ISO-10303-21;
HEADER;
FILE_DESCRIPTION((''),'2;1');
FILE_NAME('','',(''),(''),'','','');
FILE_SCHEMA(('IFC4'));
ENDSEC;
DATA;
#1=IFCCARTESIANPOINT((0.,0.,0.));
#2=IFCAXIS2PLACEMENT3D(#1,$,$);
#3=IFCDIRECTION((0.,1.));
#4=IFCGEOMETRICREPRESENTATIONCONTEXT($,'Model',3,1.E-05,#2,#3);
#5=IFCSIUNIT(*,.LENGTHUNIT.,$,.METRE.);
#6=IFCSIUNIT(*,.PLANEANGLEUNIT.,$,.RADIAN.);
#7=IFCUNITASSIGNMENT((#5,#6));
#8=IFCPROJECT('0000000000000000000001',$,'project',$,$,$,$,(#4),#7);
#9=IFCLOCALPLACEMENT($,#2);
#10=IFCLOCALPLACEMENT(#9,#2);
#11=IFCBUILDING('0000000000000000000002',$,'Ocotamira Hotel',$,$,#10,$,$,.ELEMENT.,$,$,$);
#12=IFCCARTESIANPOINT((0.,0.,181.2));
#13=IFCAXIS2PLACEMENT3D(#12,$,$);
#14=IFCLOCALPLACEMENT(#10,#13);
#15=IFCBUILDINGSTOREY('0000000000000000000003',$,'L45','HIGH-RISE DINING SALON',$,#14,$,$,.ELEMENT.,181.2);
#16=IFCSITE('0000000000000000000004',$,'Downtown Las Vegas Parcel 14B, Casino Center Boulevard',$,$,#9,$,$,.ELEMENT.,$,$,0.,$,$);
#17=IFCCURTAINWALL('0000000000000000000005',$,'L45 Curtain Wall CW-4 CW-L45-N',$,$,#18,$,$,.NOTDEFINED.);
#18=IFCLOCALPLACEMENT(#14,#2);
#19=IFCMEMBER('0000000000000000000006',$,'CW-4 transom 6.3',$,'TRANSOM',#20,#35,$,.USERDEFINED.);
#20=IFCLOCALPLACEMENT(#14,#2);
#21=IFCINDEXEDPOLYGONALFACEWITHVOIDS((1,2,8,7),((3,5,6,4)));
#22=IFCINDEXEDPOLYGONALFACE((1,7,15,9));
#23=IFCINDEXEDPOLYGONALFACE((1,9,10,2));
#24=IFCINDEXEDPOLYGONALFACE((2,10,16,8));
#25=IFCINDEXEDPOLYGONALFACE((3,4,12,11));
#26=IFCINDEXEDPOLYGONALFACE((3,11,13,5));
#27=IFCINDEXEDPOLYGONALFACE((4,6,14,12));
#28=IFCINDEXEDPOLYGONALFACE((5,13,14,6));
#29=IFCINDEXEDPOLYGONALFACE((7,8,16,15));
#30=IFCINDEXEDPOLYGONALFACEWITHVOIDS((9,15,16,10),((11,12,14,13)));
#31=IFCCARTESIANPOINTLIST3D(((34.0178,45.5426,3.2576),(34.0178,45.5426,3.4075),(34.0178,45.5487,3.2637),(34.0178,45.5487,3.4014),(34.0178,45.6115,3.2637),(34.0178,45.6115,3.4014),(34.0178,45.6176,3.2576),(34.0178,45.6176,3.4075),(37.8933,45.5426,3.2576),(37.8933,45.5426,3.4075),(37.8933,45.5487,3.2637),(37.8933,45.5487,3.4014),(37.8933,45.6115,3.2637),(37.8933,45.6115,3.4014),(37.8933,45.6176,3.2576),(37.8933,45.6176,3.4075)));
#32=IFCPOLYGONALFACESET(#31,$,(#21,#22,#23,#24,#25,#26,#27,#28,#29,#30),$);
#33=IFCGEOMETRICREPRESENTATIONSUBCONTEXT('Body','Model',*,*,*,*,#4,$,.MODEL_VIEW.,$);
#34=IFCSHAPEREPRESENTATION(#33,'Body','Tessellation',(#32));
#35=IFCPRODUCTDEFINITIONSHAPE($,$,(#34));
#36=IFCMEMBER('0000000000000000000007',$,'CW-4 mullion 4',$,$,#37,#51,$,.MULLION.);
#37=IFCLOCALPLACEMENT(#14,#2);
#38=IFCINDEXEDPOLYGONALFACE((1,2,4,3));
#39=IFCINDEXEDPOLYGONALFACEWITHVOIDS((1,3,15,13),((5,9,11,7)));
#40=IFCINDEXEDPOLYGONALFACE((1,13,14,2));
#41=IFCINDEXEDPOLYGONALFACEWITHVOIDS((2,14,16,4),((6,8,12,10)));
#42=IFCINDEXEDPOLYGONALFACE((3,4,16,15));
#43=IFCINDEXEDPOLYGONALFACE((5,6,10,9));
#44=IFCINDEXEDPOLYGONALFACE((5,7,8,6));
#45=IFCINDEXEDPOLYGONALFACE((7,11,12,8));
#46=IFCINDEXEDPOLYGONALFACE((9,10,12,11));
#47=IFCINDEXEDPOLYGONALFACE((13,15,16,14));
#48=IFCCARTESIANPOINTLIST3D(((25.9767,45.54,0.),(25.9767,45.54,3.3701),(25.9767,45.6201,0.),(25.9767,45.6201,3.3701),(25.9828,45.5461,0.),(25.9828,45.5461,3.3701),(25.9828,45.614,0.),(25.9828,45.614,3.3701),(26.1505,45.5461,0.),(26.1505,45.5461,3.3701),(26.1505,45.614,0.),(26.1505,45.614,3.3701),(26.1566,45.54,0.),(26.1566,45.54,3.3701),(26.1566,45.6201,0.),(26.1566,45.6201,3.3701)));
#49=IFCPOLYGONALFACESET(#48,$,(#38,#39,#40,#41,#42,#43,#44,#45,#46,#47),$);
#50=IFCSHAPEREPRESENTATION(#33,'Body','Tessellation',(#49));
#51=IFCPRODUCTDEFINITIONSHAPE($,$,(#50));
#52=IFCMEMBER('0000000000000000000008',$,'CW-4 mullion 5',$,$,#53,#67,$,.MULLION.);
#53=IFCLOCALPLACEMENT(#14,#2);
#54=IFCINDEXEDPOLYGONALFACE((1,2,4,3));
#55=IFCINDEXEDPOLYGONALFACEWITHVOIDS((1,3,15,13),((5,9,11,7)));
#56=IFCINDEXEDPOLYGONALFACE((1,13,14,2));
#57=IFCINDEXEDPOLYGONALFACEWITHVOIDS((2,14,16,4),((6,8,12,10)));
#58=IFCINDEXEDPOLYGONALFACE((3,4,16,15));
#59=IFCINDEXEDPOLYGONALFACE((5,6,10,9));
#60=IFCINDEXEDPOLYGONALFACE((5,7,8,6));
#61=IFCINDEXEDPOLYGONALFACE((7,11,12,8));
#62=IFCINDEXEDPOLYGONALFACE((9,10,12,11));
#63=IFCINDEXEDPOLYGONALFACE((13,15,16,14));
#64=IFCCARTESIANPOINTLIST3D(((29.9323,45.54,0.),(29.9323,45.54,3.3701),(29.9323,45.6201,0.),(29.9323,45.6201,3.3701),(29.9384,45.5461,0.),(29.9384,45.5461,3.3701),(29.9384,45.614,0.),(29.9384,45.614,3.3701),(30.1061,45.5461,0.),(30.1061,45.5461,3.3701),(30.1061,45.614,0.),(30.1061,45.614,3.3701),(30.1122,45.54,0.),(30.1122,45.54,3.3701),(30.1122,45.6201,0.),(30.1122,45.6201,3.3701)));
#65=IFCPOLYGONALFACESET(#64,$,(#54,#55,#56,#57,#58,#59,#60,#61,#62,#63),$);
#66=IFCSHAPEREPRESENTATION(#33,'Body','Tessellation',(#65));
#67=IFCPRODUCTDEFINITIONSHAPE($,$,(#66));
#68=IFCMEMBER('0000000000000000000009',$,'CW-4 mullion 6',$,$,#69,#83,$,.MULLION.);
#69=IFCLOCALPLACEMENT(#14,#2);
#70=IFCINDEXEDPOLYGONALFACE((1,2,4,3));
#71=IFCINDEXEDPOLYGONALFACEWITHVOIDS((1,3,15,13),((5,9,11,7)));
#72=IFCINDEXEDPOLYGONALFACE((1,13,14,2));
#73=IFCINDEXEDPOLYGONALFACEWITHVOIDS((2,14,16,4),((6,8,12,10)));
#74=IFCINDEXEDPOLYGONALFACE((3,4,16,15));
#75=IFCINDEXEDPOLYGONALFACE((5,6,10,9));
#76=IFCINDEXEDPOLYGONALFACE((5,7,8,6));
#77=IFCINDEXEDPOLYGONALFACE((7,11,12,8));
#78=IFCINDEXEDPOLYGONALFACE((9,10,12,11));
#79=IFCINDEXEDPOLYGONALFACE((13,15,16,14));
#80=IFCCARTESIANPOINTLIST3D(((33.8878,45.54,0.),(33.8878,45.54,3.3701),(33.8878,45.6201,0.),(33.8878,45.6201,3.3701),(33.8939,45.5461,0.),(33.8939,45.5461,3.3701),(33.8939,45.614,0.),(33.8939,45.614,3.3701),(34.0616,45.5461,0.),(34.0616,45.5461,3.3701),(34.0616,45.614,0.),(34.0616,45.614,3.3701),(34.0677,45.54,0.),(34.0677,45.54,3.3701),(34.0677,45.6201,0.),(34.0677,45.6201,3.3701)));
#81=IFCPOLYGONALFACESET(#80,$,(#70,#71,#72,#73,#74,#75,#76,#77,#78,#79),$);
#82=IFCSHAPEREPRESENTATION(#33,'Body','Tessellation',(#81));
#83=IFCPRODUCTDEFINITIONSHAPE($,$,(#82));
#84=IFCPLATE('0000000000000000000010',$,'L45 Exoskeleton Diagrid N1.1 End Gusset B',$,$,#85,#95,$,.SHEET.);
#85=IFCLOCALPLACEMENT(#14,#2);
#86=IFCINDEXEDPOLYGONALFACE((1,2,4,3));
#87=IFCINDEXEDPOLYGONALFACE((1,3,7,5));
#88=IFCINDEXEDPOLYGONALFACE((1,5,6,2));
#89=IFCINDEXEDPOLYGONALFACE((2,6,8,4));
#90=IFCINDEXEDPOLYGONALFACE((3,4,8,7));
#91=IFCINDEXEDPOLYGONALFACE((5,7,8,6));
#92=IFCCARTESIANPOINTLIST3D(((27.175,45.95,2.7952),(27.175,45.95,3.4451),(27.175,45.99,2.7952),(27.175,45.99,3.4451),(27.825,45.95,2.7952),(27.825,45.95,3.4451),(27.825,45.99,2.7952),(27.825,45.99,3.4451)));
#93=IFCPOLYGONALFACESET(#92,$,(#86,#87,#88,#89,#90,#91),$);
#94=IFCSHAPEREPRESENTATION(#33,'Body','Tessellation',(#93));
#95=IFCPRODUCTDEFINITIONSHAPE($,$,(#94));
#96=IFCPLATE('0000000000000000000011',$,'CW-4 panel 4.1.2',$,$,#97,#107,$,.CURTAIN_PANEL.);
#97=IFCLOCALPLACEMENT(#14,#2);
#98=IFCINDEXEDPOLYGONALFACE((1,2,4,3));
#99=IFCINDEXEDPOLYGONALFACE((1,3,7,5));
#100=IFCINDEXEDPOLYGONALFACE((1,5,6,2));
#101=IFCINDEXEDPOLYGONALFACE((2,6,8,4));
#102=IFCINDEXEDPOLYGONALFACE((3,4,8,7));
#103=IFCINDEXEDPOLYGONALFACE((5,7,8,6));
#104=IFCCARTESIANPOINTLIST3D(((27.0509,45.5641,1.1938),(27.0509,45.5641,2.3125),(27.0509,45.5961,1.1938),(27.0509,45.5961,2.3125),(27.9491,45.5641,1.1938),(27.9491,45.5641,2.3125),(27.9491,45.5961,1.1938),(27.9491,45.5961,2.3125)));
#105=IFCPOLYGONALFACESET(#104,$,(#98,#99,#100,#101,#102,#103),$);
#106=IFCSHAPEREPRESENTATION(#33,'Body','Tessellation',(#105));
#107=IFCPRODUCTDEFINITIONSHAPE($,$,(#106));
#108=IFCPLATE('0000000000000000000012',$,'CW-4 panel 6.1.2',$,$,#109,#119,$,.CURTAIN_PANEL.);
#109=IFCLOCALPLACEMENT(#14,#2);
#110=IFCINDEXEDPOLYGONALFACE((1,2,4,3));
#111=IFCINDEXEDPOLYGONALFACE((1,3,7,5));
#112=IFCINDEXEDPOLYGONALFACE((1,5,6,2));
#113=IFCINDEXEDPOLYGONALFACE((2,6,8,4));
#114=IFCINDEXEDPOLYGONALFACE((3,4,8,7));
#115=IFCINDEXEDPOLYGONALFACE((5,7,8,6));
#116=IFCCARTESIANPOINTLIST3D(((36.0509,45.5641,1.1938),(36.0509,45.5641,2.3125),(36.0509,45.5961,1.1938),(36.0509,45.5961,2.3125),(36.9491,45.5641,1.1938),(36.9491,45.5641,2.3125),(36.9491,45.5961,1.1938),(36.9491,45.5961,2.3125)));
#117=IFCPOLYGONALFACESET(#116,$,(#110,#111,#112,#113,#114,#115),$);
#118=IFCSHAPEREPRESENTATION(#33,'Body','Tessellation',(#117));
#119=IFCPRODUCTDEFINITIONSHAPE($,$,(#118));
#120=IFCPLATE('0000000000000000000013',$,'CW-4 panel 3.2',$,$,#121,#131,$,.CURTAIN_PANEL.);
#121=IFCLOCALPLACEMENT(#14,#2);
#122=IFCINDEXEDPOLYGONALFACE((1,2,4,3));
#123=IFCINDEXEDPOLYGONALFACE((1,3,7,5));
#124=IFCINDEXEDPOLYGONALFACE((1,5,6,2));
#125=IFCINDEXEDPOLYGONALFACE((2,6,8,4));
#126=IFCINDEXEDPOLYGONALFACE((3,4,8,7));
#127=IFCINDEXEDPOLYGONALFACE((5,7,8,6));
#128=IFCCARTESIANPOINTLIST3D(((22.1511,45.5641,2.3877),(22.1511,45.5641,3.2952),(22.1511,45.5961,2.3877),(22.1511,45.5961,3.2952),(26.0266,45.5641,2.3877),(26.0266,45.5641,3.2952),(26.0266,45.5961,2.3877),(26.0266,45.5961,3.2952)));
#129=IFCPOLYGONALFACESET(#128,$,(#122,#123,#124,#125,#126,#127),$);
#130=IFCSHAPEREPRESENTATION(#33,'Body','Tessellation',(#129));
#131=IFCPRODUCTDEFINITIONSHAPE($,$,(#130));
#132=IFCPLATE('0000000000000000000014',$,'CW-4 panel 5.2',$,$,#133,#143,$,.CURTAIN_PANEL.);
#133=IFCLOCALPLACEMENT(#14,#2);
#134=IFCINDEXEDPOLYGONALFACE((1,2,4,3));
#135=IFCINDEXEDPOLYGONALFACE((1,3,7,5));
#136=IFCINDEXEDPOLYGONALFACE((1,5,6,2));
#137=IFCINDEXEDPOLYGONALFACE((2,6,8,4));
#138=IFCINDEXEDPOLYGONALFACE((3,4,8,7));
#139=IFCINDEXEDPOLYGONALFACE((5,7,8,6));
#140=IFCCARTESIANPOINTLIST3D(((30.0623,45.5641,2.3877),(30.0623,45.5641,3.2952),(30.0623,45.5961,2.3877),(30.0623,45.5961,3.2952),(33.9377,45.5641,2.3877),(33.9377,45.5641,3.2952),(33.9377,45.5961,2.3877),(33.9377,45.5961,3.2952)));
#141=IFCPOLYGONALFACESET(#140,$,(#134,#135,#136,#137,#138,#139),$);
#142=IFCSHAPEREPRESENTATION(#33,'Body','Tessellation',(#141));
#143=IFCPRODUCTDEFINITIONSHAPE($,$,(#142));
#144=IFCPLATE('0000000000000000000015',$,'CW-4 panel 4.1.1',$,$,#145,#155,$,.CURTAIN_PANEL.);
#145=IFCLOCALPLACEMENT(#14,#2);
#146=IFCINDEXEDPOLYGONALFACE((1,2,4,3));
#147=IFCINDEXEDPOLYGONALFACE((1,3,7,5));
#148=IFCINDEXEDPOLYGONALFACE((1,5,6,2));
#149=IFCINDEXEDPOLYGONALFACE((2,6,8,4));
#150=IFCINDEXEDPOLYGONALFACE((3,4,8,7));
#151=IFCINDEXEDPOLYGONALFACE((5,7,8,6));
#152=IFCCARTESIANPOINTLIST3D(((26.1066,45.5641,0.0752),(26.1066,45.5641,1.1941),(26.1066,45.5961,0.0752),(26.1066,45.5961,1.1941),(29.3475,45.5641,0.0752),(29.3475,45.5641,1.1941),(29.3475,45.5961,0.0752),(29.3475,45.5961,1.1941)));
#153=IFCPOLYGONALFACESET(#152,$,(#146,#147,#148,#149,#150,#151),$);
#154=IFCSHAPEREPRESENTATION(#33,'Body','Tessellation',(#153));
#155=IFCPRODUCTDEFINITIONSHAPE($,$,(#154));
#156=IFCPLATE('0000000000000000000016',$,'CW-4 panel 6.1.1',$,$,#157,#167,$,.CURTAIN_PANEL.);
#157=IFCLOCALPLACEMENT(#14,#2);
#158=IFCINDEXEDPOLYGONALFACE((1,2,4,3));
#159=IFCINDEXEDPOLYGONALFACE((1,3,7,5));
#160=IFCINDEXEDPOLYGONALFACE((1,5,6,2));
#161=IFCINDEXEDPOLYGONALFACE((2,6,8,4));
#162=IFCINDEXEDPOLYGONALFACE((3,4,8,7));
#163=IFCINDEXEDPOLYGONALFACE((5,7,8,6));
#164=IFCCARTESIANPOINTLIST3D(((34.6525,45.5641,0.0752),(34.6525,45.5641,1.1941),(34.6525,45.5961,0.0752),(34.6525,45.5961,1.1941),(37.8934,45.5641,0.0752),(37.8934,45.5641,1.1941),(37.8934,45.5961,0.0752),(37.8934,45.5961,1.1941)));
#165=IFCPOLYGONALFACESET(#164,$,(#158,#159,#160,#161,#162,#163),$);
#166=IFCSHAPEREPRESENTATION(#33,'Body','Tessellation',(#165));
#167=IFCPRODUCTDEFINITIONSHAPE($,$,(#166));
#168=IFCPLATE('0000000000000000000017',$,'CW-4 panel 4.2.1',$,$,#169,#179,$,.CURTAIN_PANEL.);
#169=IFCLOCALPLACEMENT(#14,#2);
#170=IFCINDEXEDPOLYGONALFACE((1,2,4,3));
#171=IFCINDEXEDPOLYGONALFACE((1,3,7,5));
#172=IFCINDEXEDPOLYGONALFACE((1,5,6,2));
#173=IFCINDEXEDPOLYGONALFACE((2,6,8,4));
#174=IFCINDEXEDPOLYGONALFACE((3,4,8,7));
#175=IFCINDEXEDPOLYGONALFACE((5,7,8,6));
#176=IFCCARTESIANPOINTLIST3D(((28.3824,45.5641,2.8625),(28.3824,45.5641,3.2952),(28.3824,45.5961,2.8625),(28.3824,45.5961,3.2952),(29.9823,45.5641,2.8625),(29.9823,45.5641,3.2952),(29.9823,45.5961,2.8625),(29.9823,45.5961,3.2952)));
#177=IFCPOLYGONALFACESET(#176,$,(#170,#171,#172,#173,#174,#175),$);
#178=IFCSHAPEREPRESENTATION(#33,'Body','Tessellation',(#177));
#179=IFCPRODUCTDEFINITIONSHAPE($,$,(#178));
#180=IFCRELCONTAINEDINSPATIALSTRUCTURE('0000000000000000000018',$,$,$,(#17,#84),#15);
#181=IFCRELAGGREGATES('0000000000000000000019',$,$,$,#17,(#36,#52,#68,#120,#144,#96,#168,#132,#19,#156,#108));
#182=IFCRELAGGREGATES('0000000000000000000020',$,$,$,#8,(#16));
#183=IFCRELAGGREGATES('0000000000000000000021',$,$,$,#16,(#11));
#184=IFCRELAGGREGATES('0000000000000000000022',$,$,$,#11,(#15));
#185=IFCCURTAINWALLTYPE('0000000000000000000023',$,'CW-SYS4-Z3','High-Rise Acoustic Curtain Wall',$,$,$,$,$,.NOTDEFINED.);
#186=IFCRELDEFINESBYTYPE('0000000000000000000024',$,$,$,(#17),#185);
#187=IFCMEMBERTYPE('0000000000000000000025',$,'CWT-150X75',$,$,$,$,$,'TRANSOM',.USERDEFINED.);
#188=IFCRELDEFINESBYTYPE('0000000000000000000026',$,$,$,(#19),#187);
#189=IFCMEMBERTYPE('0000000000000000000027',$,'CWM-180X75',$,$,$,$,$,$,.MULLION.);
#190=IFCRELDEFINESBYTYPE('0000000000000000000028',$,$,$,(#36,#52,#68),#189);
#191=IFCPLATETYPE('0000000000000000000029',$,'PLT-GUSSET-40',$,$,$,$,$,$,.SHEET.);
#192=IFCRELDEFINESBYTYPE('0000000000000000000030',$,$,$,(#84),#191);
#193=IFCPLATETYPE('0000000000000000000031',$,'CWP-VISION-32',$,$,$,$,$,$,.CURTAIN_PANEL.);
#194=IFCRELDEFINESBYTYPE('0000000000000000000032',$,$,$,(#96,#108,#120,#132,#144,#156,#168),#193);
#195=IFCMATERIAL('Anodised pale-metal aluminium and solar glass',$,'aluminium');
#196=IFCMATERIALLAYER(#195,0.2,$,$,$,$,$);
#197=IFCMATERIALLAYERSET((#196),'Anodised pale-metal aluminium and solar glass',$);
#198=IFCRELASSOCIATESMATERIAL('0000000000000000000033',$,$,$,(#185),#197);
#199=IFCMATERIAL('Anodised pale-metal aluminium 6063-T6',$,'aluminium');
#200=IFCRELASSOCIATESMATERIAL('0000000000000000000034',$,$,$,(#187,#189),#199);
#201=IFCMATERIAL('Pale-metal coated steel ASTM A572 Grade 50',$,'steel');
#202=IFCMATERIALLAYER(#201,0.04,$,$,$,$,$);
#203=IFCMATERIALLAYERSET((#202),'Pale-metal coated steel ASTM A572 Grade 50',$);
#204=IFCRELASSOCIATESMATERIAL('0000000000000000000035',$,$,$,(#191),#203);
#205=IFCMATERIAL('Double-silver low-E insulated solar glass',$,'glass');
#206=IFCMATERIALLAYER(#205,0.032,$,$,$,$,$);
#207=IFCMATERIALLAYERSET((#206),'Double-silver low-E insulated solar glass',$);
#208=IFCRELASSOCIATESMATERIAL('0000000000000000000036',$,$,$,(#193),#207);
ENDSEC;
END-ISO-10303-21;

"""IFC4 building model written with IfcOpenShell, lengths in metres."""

from ifc_helpers import new_model, si_unit, direction, frame, origin, origin_2d, place, context, subcontext, project, spatial, rectangle, hollow_rectangle, extrude, source, transform, mapped, material, layer, layer_set, material_profile, profile_set, type_object, element, aggregate, save


model = new_model("IFC4")

# Units and contexts
model_context = context("Model", 3, precision=1e-05, world=origin(), true_north=direction((0.0, 1.0)))
body_context = subcontext(model_context, "Body", "Model", "MODEL_VIEW")
ifc_project = project(units=[si_unit("LENGTHUNIT", "METRE"), si_unit("PLANEANGLEUNIT", "RADIAN")], contexts=[model_context])

# Site, building, storey
site_placement = place(None, origin())
site = spatial("IfcSite", under=ifc_project, at=site_placement, Name="Downtown Las Vegas Parcel 14B, Casino Center Boulevard", CompositionType="ELEMENT", RefElevation=0.0)
building_placement = place(site_placement, origin())
building = spatial("IfcBuilding", under=site, at=building_placement, Name="Ocotamira Hotel", CompositionType="ELEMENT")
storey_placement = place(building_placement, frame((0.0, 0.0, 181.2)))
storey = spatial("IfcBuildingStorey", under=building, at=storey_placement, Name="L45", Description="HIGH-RISE DINING SALON", CompositionType="ELEMENT", Elevation=181.2)

# Curtain wall, members
ifc_material_1 = material(Name="Anodised pale-metal aluminium and solar glass", Category="aluminium")
ifc_layer_1 = layer(ifc_material_1, 0.2)
ifc_layer_set_1 = layer_set([ifc_layer_1], Name="Anodised pale-metal aluminium and solar glass")
curtain_wall_type = type_object("IfcCurtainWallType", Name="CW-SYS4-Z3", Description="High-Rise Acoustic Curtain Wall", PredefinedType="NOTDEFINED", material=ifc_layer_set_1)
curtain_wall_placement = place(storey_placement, origin())
curtain_wall = element("IfcCurtainWall", 1, at=curtain_wall_placement, inside=storey, type_object=curtain_wall_type, Name="L45 Curtain Wall CW-4 CW-L45-N", PredefinedType="NOTDEFINED")
ifc_material_2 = material(Name="Anodised pale-metal aluminium 6063-T6", Category="aluminium")
ifc_material_profile_1 = material_profile(ifc_material_2, hollow_rectangle(XDim=0.075, YDim=0.1499, WallThickness=0.0061, at=origin_2d()), Name="HSS150X75X6")
ifc_profile_set_1 = profile_set([ifc_material_profile_1], Name="Anodised pale-metal aluminium 6063-T6")
member_type_1 = type_object("IfcMemberType", Name="CWT-150X75", ElementType="TRANSOM", PredefinedType="USERDEFINED", material=ifc_profile_set_1)
shared_shape_1 = source(origin(), body_context, "Body", "SweptSolid", [
    extrude(hollow_rectangle(XDim=0.075, YDim=0.1499, WallThickness=0.0061, at=origin_2d()), origin(), (0.0, 0.0, 1.0), 3.8755),
])
member_1_placement = place(storey_placement, frame((34.0178, 45.5801, 3.3325), z_axis=(1.0, 0.0, 0.0), x_axis=(0.0, 1.0, 0.0)))
member_1 = element("IfcMember", 2, at=member_1_placement, type_object=member_type_1, Name="CW-4 transom 6.3", ObjectType="TRANSOM", PredefinedType="USERDEFINED", context=body_context, shape_type="MappedRepresentation", body=[
    mapped(shared_shape_1, transform((0.0, 0.0, 0.0), scale=1.0)),
])
ifc_material_profile_2 = material_profile(ifc_material_2, hollow_rectangle(XDim=0.0801, YDim=0.1799, WallThickness=0.0061, at=origin_2d()), Name="HSS180X80X6")
ifc_profile_set_2 = profile_set([ifc_material_profile_2], Name="Anodised pale-metal aluminium 6063-T6")
member_type_2 = type_object("IfcMemberType", Name="CWM-180X75", PredefinedType="MULLION", material=ifc_profile_set_2)
shared_shape_2 = source(origin(), body_context, "Body", "SweptSolid", [
    extrude(hollow_rectangle(XDim=0.0801, YDim=0.1799, WallThickness=0.0061, at=origin_2d()), origin(), (0.0, 0.0, 1.0), 3.3701),
])
member_2_placement = place(storey_placement, frame((26.0667, 45.5801, 0.0), z_axis=(0.0, 0.0, 1.0), x_axis=(0.0, 1.0, 0.0)))
member_2 = element("IfcMember", 3, at=member_2_placement, type_object=member_type_2, Name="CW-4 mullion 4", PredefinedType="MULLION", context=body_context, shape_type="MappedRepresentation", body=[
    mapped(shared_shape_2, transform((0.0, 0.0, 0.0), scale=1.0)),
])
member_3_placement = place(storey_placement, frame((30.0222, 45.5801, 0.0), z_axis=(0.0, 0.0, 1.0), x_axis=(0.0, 1.0, 0.0)))
member_3 = element("IfcMember", 4, at=member_3_placement, type_object=member_type_2, Name="CW-4 mullion 5", PredefinedType="MULLION", context=body_context, shape_type="MappedRepresentation", body=[
    mapped(shared_shape_2, transform((0.0, 0.0, 0.0), scale=1.0)),
])
member_4_placement = place(storey_placement, frame((33.9778, 45.5801, 0.0), z_axis=(0.0, 0.0, 1.0), x_axis=(0.0, 1.0, 0.0)))
member_4 = element("IfcMember", 5, at=member_4_placement, type_object=member_type_2, Name="CW-4 mullion 6", PredefinedType="MULLION", context=body_context, shape_type="MappedRepresentation", body=[
    mapped(shared_shape_2, transform((0.0, 0.0, 0.0), scale=1.0)),
])

# Plates
ifc_material_3 = material(Name="Pale-metal coated steel ASTM A572 Grade 50", Category="steel")
ifc_layer_2 = layer(ifc_material_3, 0.04)
ifc_layer_set_2 = layer_set([ifc_layer_2], Name="Pale-metal coated steel ASTM A572 Grade 50")
plate_type_1 = type_object("IfcPlateType", Name="PLT-GUSSET-40", PredefinedType="SHEET", material=ifc_layer_set_2)
shared_shape_3 = source(origin(), body_context, "Body", "SweptSolid", [
    extrude(rectangle(XDim=0.6499, YDim=0.04, at=origin_2d()), origin(), (0.0, 0.0, 1.0), 0.6499),
])
plate_1_placement = place(storey_placement, frame((27.5, 45.97, 2.7952), z_axis=(0.0, 0.0, 1.0), x_axis=(1.0, 0.0, 0.0)))
element("IfcPlate", 6, at=plate_1_placement, inside=storey, type_object=plate_type_1, Name="L45 Exoskeleton Diagrid N1.1 End Gusset B", PredefinedType="SHEET", context=body_context, shape_type="MappedRepresentation", body=[
    mapped(shared_shape_3, transform((0.0, 0.0, 0.0), scale=1.0)),
])
ifc_material_4 = material(Name="Double-silver low-E insulated solar glass", Category="glass")
ifc_layer_3 = layer(ifc_material_4, 0.032)
ifc_layer_set_3 = layer_set([ifc_layer_3], Name="Double-silver low-E insulated solar glass")
plate_type_2 = type_object("IfcPlateType", Name="CWP-VISION-32", PredefinedType="CURTAIN_PANEL", material=ifc_layer_set_3)
shared_shape_4 = source(origin(), body_context, "Body", "SweptSolid", [
    extrude(rectangle(XDim=0.8982, YDim=0.032, at=origin_2d()), origin(), (0.0, 0.0, 1.0), 1.1187),
])
plate_2_placement = place(storey_placement, frame((27.5, 45.5801, 1.1938), z_axis=(0.0, 0.0, 1.0), x_axis=(1.0, 0.0, 0.0)))
plate_2 = element("IfcPlate", 7, at=plate_2_placement, type_object=plate_type_2, Name="CW-4 panel 4.1.2", PredefinedType="CURTAIN_PANEL", context=body_context, shape_type="MappedRepresentation", body=[
    mapped(shared_shape_4, transform((0.0, 0.0, 0.0), scale=1.0)),
])
plate_3_placement = place(storey_placement, frame((36.5, 45.5801, 1.1938), z_axis=(0.0, 0.0, 1.0), x_axis=(1.0, 0.0, 0.0)))
plate_3 = element("IfcPlate", 8, at=plate_3_placement, type_object=plate_type_2, Name="CW-4 panel 6.1.2", PredefinedType="CURTAIN_PANEL", context=body_context, shape_type="MappedRepresentation", body=[
    mapped(shared_shape_4, transform((0.0, 0.0, 0.0), scale=1.0)),
])
shared_shape_5 = source(origin(), body_context, "Body", "SweptSolid", [
    extrude(rectangle(XDim=3.8755, YDim=0.032, at=origin_2d()), origin(), (0.0, 0.0, 1.0), 0.9075),
])
plate_4_placement = place(storey_placement, frame((24.0889, 45.5801, 2.3877), z_axis=(0.0, 0.0, 1.0), x_axis=(1.0, 0.0, 0.0)))
plate_4 = element("IfcPlate", 9, at=plate_4_placement, type_object=plate_type_2, Name="CW-4 panel 3.2", PredefinedType="CURTAIN_PANEL", context=body_context, shape_type="MappedRepresentation", body=[
    mapped(shared_shape_5, transform((0.0, 0.0, 0.0), scale=1.0)),
])
plate_5_placement = place(storey_placement, frame((32.0, 45.5801, 2.3877), z_axis=(0.0, 0.0, 1.0), x_axis=(1.0, 0.0, 0.0)))
plate_5 = element("IfcPlate", 10, at=plate_5_placement, type_object=plate_type_2, Name="CW-4 panel 5.2", PredefinedType="CURTAIN_PANEL", context=body_context, shape_type="MappedRepresentation", body=[
    mapped(shared_shape_5, transform((0.0, 0.0, 0.0), scale=1.0)),
])
shared_shape_6 = source(origin(), body_context, "Body", "SweptSolid", [
    extrude(rectangle(XDim=3.241, YDim=0.032, at=origin_2d()), origin(), (0.0, 0.0, 1.0), 1.1189),
])
plate_6_placement = place(storey_placement, frame((27.7271, 45.5801, 0.0752), z_axis=(0.0, 0.0, 1.0), x_axis=(1.0, 0.0, 0.0)))
plate_6 = element("IfcPlate", 11, at=plate_6_placement, type_object=plate_type_2, Name="CW-4 panel 4.1.1", PredefinedType="CURTAIN_PANEL", context=body_context, shape_type="MappedRepresentation", body=[
    mapped(shared_shape_6, transform((0.0, 0.0, 0.0), scale=1.0)),
])
plate_7_placement = place(storey_placement, frame((36.2729, 45.5801, 0.0752), z_axis=(0.0, 0.0, 1.0), x_axis=(1.0, 0.0, 0.0)))
plate_7 = element("IfcPlate", 12, at=plate_7_placement, type_object=plate_type_2, Name="CW-4 panel 6.1.1", PredefinedType="CURTAIN_PANEL", context=body_context, shape_type="MappedRepresentation", body=[
    mapped(shared_shape_6, transform((0.0, 0.0, 0.0), scale=1.0)),
])
shared_shape_7 = source(origin(), body_context, "Body", "SweptSolid", [
    extrude(rectangle(XDim=1.5999, YDim=0.032, at=origin_2d()), origin(), (0.0, 0.0, 1.0), 0.4326),
])
plate_8_placement = place(storey_placement, frame((29.1824, 45.5801, 2.8625), z_axis=(0.0, 0.0, 1.0), x_axis=(1.0, 0.0, 0.0)))
plate_8 = element("IfcPlate", 13, at=plate_8_placement, type_object=plate_type_2, Name="CW-4 panel 4.2.1", PredefinedType="CURTAIN_PANEL", context=body_context, shape_type="MappedRepresentation", body=[
    mapped(shared_shape_7, transform((0.0, 0.0, 0.0), scale=1.0)),
])
aggregate(curtain_wall, [member_2, member_3, member_4, plate_4, plate_6, plate_2, plate_8, plate_5, member_1, plate_7, plate_3])

save(model, "model.ifc")
